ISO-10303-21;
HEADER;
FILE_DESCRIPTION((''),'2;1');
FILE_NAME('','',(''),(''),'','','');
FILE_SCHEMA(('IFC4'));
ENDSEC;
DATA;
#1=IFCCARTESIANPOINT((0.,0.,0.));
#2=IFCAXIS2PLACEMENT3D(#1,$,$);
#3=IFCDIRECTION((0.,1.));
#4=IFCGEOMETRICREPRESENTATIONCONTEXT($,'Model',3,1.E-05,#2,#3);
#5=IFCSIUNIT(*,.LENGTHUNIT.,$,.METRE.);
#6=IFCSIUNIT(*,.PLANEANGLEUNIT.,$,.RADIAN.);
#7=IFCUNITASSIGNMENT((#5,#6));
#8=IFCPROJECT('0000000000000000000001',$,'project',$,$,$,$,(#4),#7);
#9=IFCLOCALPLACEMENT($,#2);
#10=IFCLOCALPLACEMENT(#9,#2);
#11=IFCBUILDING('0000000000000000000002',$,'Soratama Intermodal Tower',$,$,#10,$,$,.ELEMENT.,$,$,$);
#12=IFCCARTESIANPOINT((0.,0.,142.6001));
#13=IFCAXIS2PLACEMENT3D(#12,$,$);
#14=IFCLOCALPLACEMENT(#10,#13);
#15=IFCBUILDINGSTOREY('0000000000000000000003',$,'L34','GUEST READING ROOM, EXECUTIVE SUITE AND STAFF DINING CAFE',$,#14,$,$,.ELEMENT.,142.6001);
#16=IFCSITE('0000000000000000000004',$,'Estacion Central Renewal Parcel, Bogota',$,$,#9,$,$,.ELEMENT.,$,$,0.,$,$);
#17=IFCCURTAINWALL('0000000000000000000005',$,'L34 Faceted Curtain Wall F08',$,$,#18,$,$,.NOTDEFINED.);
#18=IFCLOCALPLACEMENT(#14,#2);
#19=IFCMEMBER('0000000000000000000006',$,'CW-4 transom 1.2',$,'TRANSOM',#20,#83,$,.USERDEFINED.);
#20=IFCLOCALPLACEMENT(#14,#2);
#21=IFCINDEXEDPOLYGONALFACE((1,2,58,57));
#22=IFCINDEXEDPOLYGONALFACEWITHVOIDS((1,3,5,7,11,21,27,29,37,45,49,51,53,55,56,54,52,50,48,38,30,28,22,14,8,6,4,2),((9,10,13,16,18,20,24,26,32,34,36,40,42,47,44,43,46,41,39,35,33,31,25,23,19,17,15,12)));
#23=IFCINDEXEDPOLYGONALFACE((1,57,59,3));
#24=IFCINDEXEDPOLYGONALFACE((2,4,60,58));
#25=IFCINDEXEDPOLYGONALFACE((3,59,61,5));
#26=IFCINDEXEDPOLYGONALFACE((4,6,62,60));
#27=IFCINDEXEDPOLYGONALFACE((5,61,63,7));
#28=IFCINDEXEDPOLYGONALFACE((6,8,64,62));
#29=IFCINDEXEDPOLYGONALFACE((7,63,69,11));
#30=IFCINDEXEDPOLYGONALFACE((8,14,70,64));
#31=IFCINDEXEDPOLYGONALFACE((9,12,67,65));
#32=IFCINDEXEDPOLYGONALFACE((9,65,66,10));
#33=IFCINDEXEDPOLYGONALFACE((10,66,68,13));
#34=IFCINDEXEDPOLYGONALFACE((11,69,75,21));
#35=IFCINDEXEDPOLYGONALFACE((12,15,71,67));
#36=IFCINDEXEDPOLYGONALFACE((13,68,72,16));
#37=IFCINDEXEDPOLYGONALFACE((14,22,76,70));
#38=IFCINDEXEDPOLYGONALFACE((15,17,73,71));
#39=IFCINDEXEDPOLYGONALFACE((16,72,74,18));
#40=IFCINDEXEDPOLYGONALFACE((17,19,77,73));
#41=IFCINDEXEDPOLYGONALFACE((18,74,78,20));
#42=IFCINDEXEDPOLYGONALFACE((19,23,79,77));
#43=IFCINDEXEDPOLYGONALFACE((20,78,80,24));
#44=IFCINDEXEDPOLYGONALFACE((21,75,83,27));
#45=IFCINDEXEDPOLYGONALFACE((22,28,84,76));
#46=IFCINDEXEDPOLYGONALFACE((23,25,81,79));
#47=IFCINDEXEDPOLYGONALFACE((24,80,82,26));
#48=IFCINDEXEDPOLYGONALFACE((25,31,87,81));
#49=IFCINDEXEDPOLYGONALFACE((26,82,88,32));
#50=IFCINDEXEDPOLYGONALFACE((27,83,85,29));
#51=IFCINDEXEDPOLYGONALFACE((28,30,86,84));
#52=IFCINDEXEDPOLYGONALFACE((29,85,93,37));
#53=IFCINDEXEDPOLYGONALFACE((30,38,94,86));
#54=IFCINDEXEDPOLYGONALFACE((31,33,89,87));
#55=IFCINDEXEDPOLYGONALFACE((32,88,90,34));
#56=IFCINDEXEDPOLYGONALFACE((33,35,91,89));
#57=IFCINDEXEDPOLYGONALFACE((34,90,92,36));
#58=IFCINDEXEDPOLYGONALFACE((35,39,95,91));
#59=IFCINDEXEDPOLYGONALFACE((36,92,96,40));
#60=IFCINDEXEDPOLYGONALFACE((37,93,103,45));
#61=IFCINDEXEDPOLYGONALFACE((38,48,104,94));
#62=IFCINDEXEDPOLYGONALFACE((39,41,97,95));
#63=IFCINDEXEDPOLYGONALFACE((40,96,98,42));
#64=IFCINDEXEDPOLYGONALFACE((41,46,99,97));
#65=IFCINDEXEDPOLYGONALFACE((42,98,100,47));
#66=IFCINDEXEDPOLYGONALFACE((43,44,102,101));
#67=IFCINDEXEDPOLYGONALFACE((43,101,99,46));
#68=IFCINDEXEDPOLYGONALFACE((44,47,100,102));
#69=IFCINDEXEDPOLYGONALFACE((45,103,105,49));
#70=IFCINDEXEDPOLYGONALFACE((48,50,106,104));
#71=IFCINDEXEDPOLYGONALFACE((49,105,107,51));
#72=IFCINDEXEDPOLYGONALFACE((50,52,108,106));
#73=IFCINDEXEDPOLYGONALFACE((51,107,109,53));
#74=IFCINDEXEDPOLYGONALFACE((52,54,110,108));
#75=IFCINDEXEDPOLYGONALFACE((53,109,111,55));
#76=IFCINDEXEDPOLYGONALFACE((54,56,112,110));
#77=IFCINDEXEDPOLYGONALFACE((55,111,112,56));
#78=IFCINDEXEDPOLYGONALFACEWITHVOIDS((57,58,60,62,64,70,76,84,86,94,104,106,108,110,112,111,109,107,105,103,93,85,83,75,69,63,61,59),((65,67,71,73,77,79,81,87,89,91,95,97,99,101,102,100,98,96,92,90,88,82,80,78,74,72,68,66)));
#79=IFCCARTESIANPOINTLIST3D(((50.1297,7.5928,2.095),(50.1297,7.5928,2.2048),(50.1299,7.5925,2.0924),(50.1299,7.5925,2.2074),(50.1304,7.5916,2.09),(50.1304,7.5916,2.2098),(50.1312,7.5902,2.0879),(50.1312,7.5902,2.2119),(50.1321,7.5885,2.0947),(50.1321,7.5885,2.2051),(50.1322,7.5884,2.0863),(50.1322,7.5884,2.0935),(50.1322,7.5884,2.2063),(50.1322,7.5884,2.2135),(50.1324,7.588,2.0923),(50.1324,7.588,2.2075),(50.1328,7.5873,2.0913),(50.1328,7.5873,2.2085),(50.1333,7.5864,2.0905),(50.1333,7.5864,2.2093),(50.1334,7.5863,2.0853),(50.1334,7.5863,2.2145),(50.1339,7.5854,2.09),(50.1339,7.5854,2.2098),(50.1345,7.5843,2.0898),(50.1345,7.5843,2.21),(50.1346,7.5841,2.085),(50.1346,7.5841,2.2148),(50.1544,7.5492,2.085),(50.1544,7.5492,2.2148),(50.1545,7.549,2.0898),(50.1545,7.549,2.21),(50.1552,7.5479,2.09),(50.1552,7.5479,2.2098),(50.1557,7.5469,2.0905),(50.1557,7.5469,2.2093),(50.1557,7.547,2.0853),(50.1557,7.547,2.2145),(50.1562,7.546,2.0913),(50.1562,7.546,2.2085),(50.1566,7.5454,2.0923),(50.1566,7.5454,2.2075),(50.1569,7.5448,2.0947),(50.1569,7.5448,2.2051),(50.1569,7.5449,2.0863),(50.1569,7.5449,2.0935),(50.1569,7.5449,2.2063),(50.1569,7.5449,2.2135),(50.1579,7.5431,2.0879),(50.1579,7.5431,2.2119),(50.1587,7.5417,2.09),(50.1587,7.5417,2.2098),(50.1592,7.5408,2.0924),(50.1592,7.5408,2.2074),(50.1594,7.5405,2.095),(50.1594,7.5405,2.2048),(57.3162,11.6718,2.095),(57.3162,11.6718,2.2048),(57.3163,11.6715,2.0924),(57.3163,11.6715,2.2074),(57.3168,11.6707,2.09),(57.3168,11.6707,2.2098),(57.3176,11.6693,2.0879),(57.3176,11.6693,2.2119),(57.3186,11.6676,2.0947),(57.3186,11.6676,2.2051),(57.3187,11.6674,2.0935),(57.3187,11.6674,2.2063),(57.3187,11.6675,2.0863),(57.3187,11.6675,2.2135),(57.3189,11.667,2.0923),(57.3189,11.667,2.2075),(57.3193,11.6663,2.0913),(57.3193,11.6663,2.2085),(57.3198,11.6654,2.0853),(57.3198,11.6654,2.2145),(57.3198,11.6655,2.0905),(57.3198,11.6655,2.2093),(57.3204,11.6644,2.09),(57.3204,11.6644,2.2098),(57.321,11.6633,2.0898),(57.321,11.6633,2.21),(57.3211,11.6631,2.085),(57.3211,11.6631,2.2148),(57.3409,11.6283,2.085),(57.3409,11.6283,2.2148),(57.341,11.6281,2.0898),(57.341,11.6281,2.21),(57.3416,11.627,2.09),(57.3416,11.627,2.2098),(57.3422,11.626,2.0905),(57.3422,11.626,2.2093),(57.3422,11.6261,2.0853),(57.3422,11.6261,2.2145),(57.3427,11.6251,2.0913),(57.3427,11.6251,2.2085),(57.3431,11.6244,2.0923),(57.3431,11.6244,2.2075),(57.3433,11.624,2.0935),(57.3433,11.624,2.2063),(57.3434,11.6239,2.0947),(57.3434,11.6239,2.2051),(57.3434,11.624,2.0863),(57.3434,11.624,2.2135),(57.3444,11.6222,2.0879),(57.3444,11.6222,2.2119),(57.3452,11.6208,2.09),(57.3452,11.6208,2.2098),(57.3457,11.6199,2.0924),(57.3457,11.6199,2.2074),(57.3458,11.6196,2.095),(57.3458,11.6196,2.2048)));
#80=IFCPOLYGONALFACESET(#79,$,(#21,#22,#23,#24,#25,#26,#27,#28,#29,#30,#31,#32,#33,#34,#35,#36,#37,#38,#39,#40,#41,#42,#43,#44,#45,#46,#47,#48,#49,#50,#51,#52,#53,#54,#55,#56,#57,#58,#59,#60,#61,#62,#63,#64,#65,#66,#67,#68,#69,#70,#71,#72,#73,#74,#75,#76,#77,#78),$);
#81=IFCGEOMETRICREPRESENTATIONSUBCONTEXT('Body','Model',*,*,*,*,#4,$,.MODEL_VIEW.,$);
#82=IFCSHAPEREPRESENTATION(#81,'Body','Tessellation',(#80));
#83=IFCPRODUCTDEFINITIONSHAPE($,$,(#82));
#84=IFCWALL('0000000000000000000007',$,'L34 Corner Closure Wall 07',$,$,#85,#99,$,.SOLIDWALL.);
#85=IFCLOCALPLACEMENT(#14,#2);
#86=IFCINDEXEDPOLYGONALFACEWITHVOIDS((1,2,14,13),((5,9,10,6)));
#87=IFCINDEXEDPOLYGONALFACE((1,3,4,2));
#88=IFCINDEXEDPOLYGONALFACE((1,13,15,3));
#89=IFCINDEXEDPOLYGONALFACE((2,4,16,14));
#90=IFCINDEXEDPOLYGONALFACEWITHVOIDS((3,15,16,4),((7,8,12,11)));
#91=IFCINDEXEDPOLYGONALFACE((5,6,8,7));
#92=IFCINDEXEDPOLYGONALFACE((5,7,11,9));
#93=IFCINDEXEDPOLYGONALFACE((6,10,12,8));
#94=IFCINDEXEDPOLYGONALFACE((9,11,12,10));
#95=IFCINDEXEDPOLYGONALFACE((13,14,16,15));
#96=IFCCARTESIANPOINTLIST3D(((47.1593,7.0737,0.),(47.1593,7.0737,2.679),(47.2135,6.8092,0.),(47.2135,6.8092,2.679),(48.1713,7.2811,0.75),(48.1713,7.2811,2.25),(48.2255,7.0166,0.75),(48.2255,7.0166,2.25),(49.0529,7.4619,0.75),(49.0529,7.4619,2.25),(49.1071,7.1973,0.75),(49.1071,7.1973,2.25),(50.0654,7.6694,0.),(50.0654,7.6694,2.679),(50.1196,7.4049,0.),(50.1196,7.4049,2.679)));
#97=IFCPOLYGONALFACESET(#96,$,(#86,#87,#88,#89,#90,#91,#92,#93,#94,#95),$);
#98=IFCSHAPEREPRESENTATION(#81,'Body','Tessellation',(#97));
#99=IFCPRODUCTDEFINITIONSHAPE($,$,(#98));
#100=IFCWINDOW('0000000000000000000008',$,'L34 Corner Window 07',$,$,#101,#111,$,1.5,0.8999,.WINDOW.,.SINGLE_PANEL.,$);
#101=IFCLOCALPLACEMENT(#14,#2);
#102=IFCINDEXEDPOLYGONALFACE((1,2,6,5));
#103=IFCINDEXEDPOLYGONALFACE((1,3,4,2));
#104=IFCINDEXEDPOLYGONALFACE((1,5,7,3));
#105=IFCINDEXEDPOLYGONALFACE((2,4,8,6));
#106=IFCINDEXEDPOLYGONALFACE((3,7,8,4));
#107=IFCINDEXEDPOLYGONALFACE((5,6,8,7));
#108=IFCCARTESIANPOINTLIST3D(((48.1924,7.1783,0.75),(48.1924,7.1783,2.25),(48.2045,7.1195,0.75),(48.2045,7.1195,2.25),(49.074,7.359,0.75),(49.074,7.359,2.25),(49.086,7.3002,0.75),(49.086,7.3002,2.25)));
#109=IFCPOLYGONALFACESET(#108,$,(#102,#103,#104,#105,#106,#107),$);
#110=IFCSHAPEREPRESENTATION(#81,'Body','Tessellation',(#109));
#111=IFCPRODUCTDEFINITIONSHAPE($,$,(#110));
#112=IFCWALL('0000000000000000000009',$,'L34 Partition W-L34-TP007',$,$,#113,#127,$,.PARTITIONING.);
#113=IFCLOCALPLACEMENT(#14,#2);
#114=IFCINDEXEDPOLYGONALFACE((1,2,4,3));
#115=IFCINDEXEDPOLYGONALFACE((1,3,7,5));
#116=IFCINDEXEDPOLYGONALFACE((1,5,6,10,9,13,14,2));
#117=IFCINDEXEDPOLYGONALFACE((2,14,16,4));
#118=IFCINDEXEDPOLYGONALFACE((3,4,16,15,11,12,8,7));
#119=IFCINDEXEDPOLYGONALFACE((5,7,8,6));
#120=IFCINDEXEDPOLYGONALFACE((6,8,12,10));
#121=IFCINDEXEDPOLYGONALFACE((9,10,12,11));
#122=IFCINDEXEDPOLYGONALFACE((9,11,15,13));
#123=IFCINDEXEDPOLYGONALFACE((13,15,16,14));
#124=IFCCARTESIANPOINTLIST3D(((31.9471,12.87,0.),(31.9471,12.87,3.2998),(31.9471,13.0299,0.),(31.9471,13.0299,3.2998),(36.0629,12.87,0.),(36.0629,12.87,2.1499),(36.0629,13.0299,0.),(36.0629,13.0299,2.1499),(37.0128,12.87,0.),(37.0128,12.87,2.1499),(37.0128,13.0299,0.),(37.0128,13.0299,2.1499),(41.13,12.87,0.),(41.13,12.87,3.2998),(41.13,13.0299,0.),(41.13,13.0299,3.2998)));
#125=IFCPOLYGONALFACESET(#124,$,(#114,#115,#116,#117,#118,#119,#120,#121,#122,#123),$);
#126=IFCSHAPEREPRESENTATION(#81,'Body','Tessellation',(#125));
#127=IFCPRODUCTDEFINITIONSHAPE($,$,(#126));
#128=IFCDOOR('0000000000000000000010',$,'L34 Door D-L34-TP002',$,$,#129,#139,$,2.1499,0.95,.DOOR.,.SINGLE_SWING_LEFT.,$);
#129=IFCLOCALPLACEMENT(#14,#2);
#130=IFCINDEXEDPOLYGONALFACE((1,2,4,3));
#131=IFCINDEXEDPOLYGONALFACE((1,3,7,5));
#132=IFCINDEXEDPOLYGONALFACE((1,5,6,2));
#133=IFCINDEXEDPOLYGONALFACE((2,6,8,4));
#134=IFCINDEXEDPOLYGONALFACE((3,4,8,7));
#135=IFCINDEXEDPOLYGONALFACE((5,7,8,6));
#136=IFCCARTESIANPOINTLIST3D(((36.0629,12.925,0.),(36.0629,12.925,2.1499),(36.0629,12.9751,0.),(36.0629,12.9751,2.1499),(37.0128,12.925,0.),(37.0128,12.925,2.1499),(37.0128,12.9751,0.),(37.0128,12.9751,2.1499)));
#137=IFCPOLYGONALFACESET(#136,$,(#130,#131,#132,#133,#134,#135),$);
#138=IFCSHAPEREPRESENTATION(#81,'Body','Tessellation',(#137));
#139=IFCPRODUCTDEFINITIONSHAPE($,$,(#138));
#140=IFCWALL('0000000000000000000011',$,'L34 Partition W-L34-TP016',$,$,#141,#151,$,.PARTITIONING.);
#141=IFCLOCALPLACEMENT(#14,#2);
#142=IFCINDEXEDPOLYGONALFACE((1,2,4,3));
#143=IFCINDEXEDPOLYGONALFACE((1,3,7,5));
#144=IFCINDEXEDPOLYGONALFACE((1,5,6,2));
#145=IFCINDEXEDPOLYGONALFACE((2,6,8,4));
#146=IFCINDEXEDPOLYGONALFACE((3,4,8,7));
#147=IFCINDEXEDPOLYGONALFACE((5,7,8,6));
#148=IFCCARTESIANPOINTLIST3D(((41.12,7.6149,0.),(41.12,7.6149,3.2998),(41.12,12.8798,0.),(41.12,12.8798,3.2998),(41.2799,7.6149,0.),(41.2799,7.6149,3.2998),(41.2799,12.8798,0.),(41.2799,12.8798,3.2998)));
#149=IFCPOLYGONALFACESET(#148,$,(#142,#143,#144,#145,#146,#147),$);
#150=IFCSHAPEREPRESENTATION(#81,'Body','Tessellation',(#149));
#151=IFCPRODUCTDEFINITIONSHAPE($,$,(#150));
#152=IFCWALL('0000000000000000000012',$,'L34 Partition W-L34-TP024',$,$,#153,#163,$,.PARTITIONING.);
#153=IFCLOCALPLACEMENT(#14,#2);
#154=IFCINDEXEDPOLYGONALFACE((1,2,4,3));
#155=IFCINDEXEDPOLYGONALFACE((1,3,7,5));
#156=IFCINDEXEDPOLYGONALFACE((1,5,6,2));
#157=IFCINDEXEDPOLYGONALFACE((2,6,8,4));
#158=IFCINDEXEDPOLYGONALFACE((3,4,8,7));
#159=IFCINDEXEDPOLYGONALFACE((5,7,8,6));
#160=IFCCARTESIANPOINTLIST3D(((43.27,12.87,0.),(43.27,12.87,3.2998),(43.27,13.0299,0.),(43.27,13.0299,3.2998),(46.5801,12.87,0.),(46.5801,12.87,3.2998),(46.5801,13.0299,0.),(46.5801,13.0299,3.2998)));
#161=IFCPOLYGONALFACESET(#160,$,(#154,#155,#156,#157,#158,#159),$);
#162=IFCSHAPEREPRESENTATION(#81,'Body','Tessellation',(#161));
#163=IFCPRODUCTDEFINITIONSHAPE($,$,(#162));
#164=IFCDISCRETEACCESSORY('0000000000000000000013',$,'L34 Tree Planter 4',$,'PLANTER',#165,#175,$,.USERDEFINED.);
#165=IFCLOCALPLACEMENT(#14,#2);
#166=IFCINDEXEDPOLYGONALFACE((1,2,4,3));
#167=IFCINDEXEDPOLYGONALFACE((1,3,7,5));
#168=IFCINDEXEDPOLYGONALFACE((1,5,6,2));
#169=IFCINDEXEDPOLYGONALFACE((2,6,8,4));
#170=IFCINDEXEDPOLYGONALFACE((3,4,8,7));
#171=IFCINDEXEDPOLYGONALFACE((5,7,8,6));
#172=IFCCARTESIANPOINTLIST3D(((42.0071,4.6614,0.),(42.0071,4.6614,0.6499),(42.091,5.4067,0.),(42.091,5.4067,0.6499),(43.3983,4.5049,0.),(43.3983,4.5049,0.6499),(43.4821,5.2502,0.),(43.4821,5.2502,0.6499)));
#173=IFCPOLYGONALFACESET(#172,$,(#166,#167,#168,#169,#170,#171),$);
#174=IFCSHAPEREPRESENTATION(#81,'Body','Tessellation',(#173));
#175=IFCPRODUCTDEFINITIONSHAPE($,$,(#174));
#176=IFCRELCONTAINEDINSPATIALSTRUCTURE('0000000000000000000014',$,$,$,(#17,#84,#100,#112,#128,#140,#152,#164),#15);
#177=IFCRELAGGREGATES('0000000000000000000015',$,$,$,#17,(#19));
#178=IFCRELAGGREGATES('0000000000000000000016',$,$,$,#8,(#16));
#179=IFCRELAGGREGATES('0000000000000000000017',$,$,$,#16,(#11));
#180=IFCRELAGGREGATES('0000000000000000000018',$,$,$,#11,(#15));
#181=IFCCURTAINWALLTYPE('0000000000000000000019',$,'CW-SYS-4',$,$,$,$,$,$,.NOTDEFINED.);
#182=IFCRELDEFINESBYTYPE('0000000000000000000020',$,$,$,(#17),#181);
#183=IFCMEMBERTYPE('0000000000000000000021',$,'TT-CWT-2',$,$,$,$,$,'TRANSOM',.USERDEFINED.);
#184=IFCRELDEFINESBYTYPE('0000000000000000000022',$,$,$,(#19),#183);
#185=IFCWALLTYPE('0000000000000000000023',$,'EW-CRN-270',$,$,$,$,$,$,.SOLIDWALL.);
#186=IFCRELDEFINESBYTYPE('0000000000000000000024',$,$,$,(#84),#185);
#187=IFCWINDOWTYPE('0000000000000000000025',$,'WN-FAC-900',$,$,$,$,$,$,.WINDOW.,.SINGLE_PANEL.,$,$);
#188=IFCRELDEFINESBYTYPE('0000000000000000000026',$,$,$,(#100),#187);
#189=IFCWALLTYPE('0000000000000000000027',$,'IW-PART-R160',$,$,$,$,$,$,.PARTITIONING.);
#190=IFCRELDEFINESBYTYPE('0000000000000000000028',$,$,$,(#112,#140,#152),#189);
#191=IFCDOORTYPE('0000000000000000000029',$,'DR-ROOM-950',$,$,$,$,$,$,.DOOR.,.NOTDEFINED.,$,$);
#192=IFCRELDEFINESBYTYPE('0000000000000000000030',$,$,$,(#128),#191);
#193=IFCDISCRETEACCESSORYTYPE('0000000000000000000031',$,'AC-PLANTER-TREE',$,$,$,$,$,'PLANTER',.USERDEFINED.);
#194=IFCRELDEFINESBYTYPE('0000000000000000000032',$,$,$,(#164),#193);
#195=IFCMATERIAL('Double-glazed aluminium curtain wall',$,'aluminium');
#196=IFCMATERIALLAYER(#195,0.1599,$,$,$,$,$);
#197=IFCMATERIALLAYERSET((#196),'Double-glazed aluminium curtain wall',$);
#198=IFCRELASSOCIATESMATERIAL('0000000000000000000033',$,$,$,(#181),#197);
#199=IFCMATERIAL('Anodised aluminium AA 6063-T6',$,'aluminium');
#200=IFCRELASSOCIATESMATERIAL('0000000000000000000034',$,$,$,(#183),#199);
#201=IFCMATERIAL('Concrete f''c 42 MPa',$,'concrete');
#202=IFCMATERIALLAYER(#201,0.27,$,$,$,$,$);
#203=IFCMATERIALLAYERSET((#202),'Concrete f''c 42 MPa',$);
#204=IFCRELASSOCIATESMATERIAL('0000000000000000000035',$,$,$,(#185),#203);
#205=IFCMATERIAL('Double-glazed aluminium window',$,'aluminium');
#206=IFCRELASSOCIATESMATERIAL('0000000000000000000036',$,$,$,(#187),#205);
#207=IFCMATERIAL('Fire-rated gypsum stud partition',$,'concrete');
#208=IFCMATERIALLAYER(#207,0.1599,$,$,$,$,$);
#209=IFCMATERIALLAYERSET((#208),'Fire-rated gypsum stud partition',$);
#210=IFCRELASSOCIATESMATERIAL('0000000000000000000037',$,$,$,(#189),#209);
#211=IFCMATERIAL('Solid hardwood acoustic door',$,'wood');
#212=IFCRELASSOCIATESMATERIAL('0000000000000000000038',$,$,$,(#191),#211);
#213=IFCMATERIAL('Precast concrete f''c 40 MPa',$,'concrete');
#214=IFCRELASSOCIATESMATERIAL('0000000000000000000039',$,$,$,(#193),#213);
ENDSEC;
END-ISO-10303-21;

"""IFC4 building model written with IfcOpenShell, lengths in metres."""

from ifc_helpers import new_model, si_unit, direction, frame, frame_2d, origin, origin_2d, place, context, subcontext, project, spatial, rectangle, hollow_rectangle, extrude, material, layer, layer_set, material_profile, profile_set, type_object, element, fill, aggregate, save


model = new_model("IFC4")

# Units and contexts
model_context = context("Model", 3, precision=1e-05, world=origin(), true_north=direction((0.0, 1.0)))
body_context = subcontext(model_context, "Body", "Model", "MODEL_VIEW")
ifc_project = project(units=[si_unit("LENGTHUNIT", "METRE"), si_unit("PLANEANGLEUNIT", "RADIAN")], contexts=[model_context])

# Site, building, storey
site_placement = place(None, origin())
site = spatial("IfcSite", under=ifc_project, at=site_placement, Name="Estacion Central Renewal Parcel, Bogota", CompositionType="ELEMENT", RefElevation=0.0)
building_placement = place(site_placement, origin())
building = spatial("IfcBuilding", under=site, at=building_placement, Name="Soratama Intermodal Tower", CompositionType="ELEMENT")
storey_placement = place(building_placement, frame((0.0, 0.0, 142.6001)))
storey = spatial("IfcBuildingStorey", under=building, at=storey_placement, Name="L34", Description="GUEST READING ROOM, EXECUTIVE SUITE AND STAFF DINING CAFE", CompositionType="ELEMENT", Elevation=142.6001)

# Curtain wall, member
ifc_material_1 = material(Name="Double-glazed aluminium curtain wall", Category="aluminium")
ifc_layer_1 = layer(ifc_material_1, 0.1599)
ifc_layer_set_1 = layer_set([ifc_layer_1], Name="Double-glazed aluminium curtain wall")
curtain_wall_type = type_object("IfcCurtainWallType", Name="CW-SYS-4", PredefinedType="NOTDEFINED", material=ifc_layer_set_1)
curtain_wall_placement = place(storey_placement, origin())
curtain_wall = element("IfcCurtainWall", 1, at=curtain_wall_placement, inside=storey, type_object=curtain_wall_type, Name="L34 Faceted Curtain Wall F08", PredefinedType="NOTDEFINED")
ifc_material_2 = material(Name="Anodised aluminium AA 6063-T6", Category="aluminium")
ifc_material_profile_1 = material_profile(ifc_material_2, hollow_rectangle(XDim=0.0601, YDim=0.1299, WallThickness=0.0049, InnerFilletRadius=0.0049, OuterFilletRadius=0.01, at=origin_2d()), Name="CWT130X60X5")
ifc_profile_set_1 = profile_set([ifc_material_profile_1], Name="Anodised aluminium AA 6063-T6")
member_type_1 = type_object("IfcMemberType", Name="TT-CWT-2", ElementType="TRANSOM", PredefinedType="USERDEFINED", material=ifc_profile_set_1)
member_1_placement = place(storey_placement, frame((50.1445, 7.5667, 2.1499), z_axis=(0.869672, 0.49363, 0.0), x_axis=(-0.49363, 0.869672, 0.0)))
member_1 = element("IfcMember", 2, at=member_1_placement, type_object=member_type_1, Name="CW-4 transom 1.2", ObjectType="TRANSOM", PredefinedType="USERDEFINED", context=body_context, shape_type="SweptSolid", body=[
    extrude(hollow_rectangle(XDim=0.0601, YDim=0.1299, WallThickness=0.0049, InnerFilletRadius=0.0049, OuterFilletRadius=0.01, at=origin_2d()), origin(), (0.0, 0.0, 1.0), 8.2634),
])
aggregate(curtain_wall, [member_1])

# Wall, opening, window
ifc_material_3 = material(Name="Concrete f'c 42 MPa", Category="concrete")
ifc_layer_2 = layer(ifc_material_3, 0.27)
ifc_layer_set_2 = layer_set([ifc_layer_2], Name="Concrete f'c 42 MPa")
wall_type_1 = type_object("IfcWallType", Name="EW-CRN-270", PredefinedType="SOLIDWALL", material=ifc_layer_set_2)
wall_1_placement = place(storey_placement, frame((47.1863, 6.9414, 0.0), z_axis=(0.0, 0.0, 1.0), x_axis=(0.979629, 0.200815, 0.0)))
wall_1 = element("IfcWall", 3, at=wall_1_placement, inside=storey, type_object=wall_type_1, Name="L34 Corner Closure Wall 07", PredefinedType="SOLIDWALL", context=body_context, shape_type="SweptSolid", body=[
    extrude(rectangle(XDim=2.9666, YDim=0.27, at=frame_2d((1.4834, 0.0))), origin(), (0.0, 0.0, 1.0), 2.679),
])
opening_1_placement = place(wall_1_placement, frame((1.0332, 0.0, 0.75)))
opening_1 = element("IfcOpeningElement", 4, at=opening_1_placement, cuts=wall_1, PredefinedType="OPENING", context=body_context, shape_type="SweptSolid", body=[
    extrude(rectangle(XDim=0.8999, YDim=1.5, at=frame_2d((0.45, 0.75))), frame((0.0, 0.145, 0.0), z_axis=(0.0, -1.0, 0.0), x_axis=(1.0, 0.0, 0.0)), (0.0, 0.0, 1.0), 0.29),
])
ifc_material_4 = material(Name="Double-glazed aluminium window", Category="aluminium")
window_type = type_object("IfcWindowType", Name="WN-FAC-900", PartitioningType="SINGLE_PANEL", PredefinedType="WINDOW", material=ifc_material_4)
window_placement = place(opening_1_placement, origin())
window = element("IfcWindow", 5, at=window_placement, inside=storey, type_object=window_type, Name="L34 Corner Window 07", OverallHeight=1.5, OverallWidth=0.8999, PartitioningType="SINGLE_PANEL", PredefinedType="WINDOW", context=body_context, shape_type="SweptSolid", body=[
    extrude(rectangle(XDim=0.8999, YDim=1.5, at=frame_2d((0.45, 0.75))), frame((0.0, 0.03, 0.0), z_axis=(0.0, -1.0, 0.0), x_axis=(1.0, 0.0, 0.0)), (0.0, 0.0, 1.0), 0.0601),
])
fill(opening_1, window)

# Wall, opening, door
ifc_material_5 = material(Name="Fire-rated gypsum stud partition", Category="concrete")
ifc_layer_3 = layer(ifc_material_5, 0.1599)
ifc_layer_set_3 = layer_set([ifc_layer_3], Name="Fire-rated gypsum stud partition")
wall_type_2 = type_object("IfcWallType", Name="IW-PART-R160", PredefinedType="PARTITIONING", material=ifc_layer_set_3)
wall_2_placement = place(storey_placement, frame((41.1299, 12.95, 0.0), z_axis=(0.0, 0.0, 1.0), x_axis=(-1.0, 0.0, 0.0)))
wall_2 = element("IfcWall", 6, at=wall_2_placement, inside=storey, type_object=wall_type_2, Name="L34 Partition W-L34-TP007", PredefinedType="PARTITIONING", context=body_context, shape_type="SweptSolid", body=[
    extrude(rectangle(XDim=9.1829, YDim=0.1599, at=frame_2d((4.5913, 0.0))), origin(), (0.0, 0.0, 1.0), 3.2998),
])
opening_2_placement = place(wall_2_placement, frame((4.1169, 0.0, 0.0)))
opening_2 = element("IfcOpeningElement", 7, at=opening_2_placement, cuts=wall_2, PredefinedType="OPENING", context=body_context, shape_type="SweptSolid", body=[
    extrude(rectangle(XDim=0.95, YDim=2.1499, at=frame_2d((0.4751, 1.075))), frame((0.0, 0.0898, 0.0), z_axis=(0.0, -1.0, 0.0), x_axis=(1.0, 0.0, 0.0)), (0.0, 0.0, 1.0), 0.1799),
])
ifc_material_6 = material(Name="Solid hardwood acoustic door", Category="wood")
door_type = type_object("IfcDoorType", Name="DR-ROOM-950", OperationType="NOTDEFINED", PredefinedType="DOOR", material=ifc_material_6)
door_1_placement = place(opening_2_placement, origin())
door_1 = element("IfcDoor", 8, at=door_1_placement, inside=storey, type_object=door_type, Name="L34 Door D-L34-TP002", OperationType="SINGLE_SWING_LEFT", OverallHeight=2.1499, OverallWidth=0.95, PredefinedType="DOOR", context=body_context, shape_type="SweptSolid", body=[
    extrude(rectangle(XDim=0.95, YDim=2.1499, at=frame_2d((0.4751, 1.075))), frame((0.0, 0.0249, 0.0), z_axis=(0.0, -1.0, 0.0), x_axis=(1.0, 0.0, 0.0)), (0.0, 0.0, 1.0), 0.05),
])
fill(opening_2, door_1)

# Walls
wall_3_placement = place(storey_placement, frame((41.2, 7.615, 0.0), z_axis=(0.0, 0.0, 1.0), x_axis=(0.0, 1.0, 0.0)))
element("IfcWall", 9, at=wall_3_placement, inside=storey, type_object=wall_type_2, Name="L34 Partition W-L34-TP016", PredefinedType="PARTITIONING", context=body_context, shape_type="SweptSolid", body=[
    extrude(rectangle(XDim=5.2649, YDim=0.1599, at=frame_2d((2.6323, 0.0))), origin(), (0.0, 0.0, 1.0), 3.2998),
])
wall_4_placement = place(storey_placement, frame((46.5801, 12.95, 0.0), z_axis=(0.0, 0.0, 1.0), x_axis=(-1.0, 0.0, 0.0)))
element("IfcWall", 10, at=wall_4_placement, inside=storey, type_object=wall_type_2, Name="L34 Partition W-L34-TP024", PredefinedType="PARTITIONING", context=body_context, shape_type="SweptSolid", body=[
    extrude(rectangle(XDim=3.3101, YDim=0.1599, at=frame_2d((1.655, 0.0))), origin(), (0.0, 0.0, 1.0), 3.2998),
])

# Discrete accessory
ifc_material_7 = material(Name="Precast concrete f'c 40 MPa", Category="concrete")
discrete_accessory_type = type_object("IfcDiscreteAccessoryType", Name="AC-PLANTER-TREE", ElementType="PLANTER", PredefinedType="USERDEFINED", material=ifc_material_7)
discrete_accessory_placement = place(storey_placement, frame((42.7446, 4.9558, 0.0), z_axis=(0.0, 0.0, 1.0), x_axis=(-0.111816, -0.993729, 0.0)))
element("IfcDiscreteAccessory", 11, at=discrete_accessory_placement, inside=storey, type_object=discrete_accessory_type, Name="L34 Tree Planter 4", ObjectType="PLANTER", PredefinedType="USERDEFINED", context=body_context, shape_type="SweptSolid", body=[
    extrude(rectangle(XDim=0.75, YDim=1.3999, at=origin_2d()), origin(), (0.0, 0.0, 1.0), 0.6499),
])

save(model, "model.ifc")
